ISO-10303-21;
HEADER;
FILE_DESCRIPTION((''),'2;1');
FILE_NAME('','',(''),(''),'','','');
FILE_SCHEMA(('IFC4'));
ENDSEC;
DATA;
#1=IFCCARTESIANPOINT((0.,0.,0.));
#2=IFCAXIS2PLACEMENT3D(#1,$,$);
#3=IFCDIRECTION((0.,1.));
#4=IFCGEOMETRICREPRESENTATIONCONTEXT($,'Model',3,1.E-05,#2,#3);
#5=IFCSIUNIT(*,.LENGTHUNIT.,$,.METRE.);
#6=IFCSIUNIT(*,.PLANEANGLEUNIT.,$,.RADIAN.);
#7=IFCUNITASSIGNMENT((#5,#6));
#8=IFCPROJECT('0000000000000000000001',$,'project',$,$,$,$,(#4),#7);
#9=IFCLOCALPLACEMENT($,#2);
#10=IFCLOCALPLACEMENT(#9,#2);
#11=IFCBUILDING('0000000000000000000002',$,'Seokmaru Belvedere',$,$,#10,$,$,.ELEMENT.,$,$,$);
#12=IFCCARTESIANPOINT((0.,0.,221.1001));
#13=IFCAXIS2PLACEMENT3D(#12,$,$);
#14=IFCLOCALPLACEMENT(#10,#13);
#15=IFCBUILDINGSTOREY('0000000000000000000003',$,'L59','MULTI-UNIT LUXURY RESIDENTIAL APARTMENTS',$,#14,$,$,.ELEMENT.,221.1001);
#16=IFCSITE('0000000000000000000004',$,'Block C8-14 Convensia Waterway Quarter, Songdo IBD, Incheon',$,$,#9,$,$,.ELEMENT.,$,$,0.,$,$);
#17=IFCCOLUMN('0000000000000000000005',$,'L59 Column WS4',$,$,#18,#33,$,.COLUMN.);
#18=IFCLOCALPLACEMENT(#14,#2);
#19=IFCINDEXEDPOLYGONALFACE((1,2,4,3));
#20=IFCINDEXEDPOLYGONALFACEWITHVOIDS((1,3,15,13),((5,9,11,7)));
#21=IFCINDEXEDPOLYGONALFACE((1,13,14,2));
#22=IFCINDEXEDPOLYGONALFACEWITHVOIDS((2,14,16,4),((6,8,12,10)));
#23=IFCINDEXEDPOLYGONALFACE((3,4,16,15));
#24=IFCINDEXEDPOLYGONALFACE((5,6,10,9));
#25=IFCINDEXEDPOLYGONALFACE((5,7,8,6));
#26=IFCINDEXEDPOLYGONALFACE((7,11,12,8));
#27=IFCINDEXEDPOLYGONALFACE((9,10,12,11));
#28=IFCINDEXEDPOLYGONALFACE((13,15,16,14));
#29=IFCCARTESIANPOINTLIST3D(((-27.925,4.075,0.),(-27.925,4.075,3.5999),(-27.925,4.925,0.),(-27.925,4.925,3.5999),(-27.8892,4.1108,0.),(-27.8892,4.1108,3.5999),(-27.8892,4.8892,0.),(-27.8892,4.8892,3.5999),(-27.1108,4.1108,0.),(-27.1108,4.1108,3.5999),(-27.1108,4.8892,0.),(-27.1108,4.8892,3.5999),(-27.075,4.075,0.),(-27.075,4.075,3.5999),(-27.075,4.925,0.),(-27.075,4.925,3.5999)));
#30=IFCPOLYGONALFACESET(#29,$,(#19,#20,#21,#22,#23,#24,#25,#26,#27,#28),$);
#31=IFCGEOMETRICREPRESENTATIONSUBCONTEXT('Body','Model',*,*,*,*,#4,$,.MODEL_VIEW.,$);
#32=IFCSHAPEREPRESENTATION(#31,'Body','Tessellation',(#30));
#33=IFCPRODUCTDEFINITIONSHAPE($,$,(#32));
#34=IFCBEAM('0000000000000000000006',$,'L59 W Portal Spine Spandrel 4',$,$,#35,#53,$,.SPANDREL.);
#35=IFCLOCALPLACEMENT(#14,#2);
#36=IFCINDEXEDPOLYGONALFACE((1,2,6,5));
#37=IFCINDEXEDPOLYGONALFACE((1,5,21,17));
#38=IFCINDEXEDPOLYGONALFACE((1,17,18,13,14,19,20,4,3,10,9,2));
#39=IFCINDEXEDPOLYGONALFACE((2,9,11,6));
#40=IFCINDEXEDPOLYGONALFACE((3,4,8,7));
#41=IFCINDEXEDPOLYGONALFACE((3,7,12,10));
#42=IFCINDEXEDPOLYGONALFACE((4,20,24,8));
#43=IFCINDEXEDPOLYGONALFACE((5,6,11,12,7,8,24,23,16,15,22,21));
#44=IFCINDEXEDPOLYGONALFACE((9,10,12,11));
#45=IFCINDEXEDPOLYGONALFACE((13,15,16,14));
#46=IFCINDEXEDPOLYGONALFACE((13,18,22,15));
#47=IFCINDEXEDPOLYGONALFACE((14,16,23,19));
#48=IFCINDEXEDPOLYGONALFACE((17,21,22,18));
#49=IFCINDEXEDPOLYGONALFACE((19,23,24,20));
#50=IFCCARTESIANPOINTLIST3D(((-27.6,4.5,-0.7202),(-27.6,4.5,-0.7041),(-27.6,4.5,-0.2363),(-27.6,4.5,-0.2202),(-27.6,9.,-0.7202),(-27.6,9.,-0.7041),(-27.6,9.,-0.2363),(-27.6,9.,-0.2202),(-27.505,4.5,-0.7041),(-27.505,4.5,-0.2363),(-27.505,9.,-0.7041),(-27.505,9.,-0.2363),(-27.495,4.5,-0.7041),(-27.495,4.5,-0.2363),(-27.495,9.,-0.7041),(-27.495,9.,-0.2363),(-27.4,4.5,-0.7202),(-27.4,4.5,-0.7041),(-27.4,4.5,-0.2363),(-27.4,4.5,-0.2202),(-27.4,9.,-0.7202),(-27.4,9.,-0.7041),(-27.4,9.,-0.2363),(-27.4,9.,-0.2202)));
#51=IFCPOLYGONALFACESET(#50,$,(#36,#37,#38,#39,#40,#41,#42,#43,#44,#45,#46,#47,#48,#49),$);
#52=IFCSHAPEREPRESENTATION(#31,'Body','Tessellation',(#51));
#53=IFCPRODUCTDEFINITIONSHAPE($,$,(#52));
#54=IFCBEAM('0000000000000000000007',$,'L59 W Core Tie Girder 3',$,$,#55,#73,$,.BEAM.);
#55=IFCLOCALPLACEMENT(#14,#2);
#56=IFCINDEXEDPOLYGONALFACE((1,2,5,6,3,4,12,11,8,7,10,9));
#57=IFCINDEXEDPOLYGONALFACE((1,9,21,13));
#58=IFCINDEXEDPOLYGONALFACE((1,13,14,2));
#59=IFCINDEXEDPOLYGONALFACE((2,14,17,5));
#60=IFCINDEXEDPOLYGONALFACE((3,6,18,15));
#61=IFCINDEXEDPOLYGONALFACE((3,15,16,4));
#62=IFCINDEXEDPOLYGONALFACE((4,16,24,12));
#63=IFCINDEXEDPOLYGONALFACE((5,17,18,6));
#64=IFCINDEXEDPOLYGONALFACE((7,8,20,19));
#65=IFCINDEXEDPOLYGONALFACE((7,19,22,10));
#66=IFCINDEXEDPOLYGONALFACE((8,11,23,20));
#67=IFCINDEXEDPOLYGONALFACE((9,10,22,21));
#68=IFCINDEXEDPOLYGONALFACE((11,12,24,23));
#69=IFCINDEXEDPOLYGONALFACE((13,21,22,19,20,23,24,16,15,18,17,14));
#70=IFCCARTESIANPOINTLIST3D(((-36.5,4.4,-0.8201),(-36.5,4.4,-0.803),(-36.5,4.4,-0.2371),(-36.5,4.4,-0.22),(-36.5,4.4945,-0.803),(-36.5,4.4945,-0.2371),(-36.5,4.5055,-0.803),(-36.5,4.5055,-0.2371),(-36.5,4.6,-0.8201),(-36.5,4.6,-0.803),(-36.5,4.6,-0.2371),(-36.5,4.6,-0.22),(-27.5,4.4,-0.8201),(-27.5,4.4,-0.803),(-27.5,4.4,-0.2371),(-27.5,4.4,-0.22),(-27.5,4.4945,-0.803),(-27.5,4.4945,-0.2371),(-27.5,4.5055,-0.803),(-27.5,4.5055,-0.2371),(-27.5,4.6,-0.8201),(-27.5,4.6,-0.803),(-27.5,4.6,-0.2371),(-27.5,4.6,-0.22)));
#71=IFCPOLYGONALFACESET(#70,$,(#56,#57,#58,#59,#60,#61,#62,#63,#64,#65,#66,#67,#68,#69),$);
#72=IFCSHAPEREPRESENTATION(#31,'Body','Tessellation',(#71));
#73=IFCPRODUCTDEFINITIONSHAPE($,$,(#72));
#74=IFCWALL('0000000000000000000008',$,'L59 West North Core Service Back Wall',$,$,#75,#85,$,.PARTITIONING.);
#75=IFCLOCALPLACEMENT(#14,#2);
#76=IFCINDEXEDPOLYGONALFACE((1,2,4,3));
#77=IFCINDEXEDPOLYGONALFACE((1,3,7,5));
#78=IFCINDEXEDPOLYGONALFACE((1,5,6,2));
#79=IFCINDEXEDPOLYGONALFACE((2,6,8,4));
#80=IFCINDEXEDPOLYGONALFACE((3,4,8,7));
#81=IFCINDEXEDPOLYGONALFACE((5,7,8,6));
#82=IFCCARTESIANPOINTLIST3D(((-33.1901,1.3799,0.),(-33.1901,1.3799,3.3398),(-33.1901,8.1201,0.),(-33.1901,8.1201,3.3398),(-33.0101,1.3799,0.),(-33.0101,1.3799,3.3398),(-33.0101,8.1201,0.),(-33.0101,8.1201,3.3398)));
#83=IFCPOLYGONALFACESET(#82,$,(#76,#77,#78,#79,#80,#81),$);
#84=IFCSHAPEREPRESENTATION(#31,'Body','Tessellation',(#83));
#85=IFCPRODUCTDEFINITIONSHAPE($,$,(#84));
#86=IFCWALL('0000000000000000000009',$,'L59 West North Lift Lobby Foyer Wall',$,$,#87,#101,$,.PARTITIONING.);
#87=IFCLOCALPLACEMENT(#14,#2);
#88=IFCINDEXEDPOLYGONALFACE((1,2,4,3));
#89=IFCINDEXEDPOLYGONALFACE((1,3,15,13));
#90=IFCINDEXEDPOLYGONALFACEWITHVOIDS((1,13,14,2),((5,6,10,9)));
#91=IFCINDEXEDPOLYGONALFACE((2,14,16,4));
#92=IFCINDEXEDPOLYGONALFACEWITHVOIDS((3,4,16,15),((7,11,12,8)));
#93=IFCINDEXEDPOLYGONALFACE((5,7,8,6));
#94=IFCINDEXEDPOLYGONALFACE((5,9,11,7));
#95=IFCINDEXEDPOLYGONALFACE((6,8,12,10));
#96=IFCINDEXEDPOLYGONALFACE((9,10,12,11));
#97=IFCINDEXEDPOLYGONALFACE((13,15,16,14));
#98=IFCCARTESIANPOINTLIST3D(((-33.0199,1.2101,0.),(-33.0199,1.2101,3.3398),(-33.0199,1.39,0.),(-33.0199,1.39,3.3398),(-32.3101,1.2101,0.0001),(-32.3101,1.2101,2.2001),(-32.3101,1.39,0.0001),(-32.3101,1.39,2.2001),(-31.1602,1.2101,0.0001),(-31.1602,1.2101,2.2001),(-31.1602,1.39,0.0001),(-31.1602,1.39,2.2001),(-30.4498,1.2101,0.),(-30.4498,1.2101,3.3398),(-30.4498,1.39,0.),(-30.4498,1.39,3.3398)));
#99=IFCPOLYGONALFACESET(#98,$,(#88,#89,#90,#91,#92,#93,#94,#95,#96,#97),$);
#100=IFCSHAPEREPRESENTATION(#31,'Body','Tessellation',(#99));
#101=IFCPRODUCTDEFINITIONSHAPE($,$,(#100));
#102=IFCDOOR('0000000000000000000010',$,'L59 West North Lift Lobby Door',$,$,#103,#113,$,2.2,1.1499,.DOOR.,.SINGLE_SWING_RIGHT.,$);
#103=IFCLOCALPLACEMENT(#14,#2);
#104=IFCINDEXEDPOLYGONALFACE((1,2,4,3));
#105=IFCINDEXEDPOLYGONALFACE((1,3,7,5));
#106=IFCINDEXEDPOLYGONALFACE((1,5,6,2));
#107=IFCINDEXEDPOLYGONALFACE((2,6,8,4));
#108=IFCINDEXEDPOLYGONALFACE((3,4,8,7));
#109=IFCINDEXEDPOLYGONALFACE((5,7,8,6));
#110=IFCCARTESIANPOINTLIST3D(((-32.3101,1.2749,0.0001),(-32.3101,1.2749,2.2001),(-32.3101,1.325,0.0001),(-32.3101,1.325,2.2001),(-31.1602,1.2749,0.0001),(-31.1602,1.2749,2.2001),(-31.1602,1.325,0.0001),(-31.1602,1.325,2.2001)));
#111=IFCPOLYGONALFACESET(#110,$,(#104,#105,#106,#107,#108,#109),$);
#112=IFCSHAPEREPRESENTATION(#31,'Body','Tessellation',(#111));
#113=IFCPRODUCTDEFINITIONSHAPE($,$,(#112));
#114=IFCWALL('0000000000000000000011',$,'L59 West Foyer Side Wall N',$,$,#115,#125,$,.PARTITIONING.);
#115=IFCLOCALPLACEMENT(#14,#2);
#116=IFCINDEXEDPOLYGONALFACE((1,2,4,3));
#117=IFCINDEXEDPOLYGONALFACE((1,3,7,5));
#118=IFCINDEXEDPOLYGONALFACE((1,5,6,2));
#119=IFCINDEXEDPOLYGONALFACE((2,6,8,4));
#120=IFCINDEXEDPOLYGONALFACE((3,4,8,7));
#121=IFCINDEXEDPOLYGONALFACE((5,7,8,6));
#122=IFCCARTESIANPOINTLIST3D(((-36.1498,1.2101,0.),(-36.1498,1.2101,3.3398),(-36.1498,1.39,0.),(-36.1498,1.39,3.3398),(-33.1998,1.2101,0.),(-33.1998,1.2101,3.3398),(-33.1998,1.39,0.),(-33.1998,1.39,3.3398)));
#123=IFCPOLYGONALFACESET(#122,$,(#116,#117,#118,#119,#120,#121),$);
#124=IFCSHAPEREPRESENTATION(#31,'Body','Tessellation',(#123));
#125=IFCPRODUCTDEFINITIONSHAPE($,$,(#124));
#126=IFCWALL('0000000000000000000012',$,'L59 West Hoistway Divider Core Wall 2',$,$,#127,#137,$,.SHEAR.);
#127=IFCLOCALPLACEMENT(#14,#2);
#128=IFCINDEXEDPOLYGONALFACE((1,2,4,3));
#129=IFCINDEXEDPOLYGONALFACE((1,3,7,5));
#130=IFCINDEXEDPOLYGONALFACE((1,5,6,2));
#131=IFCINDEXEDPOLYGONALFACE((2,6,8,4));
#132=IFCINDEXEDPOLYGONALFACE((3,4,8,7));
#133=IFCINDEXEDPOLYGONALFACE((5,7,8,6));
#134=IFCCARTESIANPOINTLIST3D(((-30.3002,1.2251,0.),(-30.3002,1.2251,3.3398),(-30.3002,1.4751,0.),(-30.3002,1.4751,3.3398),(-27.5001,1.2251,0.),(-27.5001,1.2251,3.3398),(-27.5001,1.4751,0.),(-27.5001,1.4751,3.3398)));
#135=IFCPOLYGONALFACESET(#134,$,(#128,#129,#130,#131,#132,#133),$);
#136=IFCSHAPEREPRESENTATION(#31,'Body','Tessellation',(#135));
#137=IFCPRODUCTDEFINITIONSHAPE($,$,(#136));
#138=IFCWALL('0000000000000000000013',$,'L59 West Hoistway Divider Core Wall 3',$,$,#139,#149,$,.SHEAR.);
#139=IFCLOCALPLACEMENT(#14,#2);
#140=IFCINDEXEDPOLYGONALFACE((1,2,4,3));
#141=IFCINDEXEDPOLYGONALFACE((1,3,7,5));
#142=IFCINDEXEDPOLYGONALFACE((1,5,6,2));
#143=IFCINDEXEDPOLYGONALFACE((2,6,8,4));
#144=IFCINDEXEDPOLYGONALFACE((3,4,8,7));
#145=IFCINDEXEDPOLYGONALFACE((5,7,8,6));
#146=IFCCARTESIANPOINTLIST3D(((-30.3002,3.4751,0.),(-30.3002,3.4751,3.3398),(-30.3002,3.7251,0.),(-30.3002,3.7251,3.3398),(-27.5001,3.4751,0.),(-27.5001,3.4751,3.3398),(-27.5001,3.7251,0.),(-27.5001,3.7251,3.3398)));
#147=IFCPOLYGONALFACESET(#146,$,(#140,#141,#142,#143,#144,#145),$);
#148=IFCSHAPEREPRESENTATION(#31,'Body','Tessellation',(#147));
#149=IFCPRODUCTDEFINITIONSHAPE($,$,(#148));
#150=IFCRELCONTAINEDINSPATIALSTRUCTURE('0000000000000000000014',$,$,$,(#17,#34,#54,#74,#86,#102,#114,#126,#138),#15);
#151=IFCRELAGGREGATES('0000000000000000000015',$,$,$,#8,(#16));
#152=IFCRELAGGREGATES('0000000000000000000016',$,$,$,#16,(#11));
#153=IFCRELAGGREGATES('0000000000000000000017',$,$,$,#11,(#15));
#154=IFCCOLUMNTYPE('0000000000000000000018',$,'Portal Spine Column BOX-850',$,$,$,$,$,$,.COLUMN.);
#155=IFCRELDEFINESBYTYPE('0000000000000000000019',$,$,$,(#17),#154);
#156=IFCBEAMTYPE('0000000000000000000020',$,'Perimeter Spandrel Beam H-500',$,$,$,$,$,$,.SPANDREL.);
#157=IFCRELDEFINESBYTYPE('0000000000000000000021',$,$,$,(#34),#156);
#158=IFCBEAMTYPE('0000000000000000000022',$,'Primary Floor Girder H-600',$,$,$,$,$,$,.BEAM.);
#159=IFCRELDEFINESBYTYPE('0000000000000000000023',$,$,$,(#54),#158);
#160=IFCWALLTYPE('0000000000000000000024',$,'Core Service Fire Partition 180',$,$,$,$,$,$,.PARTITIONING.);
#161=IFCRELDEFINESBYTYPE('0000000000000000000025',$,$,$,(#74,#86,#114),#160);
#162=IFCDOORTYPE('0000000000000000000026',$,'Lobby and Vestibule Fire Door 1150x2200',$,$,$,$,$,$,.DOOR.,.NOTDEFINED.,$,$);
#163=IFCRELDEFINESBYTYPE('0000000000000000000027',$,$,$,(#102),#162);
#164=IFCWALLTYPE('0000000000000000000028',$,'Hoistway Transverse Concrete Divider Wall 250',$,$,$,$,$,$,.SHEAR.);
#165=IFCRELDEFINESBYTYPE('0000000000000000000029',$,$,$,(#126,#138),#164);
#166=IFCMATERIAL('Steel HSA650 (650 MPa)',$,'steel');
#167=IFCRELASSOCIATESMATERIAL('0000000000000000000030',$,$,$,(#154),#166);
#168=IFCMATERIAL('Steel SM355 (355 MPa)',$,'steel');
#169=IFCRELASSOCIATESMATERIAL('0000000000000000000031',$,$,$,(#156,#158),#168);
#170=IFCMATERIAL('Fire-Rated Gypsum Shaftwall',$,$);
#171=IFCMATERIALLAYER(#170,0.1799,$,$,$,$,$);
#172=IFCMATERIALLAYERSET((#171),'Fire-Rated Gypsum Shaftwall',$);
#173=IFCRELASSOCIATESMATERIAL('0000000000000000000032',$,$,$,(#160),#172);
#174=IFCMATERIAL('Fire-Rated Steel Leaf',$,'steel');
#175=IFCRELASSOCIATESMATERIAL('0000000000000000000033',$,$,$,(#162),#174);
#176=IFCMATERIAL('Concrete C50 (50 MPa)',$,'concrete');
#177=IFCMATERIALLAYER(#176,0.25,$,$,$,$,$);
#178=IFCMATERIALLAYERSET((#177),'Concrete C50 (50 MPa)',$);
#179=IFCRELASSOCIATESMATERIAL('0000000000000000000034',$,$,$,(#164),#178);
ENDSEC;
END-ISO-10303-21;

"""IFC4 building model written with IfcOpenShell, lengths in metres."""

from ifc_helpers import new_model, si_unit, direction, frame, frame_2d, origin, origin_2d, place, context, subcontext, project, spatial, rectangle, hollow_rectangle, i_section, extrude, source, transform, mapped, material, layer, layer_set, material_profile, profile_set, type_object, type_shapes, element, fill, save


model = new_model("IFC4")

# Units and contexts
model_context = context("Model", 3, precision=1e-05, world=origin(), true_north=direction((0.0, 1.0)))
body_context = subcontext(model_context, "Body", "Model", "MODEL_VIEW")
ifc_project = project(units=[si_unit("LENGTHUNIT", "METRE"), si_unit("PLANEANGLEUNIT", "RADIAN")], contexts=[model_context])

# Site, building, storey
site_placement = place(None, origin())
site = spatial("IfcSite", under=ifc_project, at=site_placement, Name="Block C8-14 Convensia Waterway Quarter, Songdo IBD, Incheon", CompositionType="ELEMENT", RefElevation=0.0)
building_placement = place(site_placement, origin())
building = spatial("IfcBuilding", under=site, at=building_placement, Name="Seokmaru Belvedere", CompositionType="ELEMENT")
storey_placement = place(building_placement, frame((0.0, 0.0, 221.1001)))
storey = spatial("IfcBuildingStorey", under=building, at=storey_placement, Name="L59", Description="MULTI-UNIT LUXURY RESIDENTIAL APARTMENTS", CompositionType="ELEMENT", Elevation=221.1001)

# Column
ifc_material_1 = material(Name="Steel HSA650 (650 MPa)", Category="steel")
ifc_material_profile_1 = material_profile(ifc_material_1, hollow_rectangle(XDim=0.8501, YDim=0.8501, WallThickness=0.0359, at=origin_2d()), Name="BOX-850x850x36")
ifc_profile_set_1 = profile_set([ifc_material_profile_1], Name="Steel HSA650 (650 MPa)")
column_type = type_object("IfcColumnType", Name="Portal Spine Column BOX-850", PredefinedType="COLUMN", material=ifc_profile_set_1)
shared_shape_1 = source(origin(), body_context, "Body", "SweptSolid", [
    extrude(hollow_rectangle(XDim=0.8501, YDim=0.8501, WallThickness=0.0359, at=origin_2d()), origin(), (0.0, 0.0, 1.0), 3.5999),
])
type_shapes(column_type, [shared_shape_1])
column_placement = place(storey_placement, frame((-27.5, 4.5, 0.0), z_axis=(0.0, 0.0, 1.0), x_axis=(1.0, 0.0, 0.0)))
element("IfcColumn", 1, at=column_placement, inside=storey, type_object=column_type, Name="L59 Column WS4", PredefinedType="COLUMN", context=body_context, shape_type="MappedRepresentation", body=[
    mapped(shared_shape_1, transform((0.0, 0.0, 0.0), scale=1.0)),
])

# Beams
ifc_material_2 = material(Name="Steel SM355 (355 MPa)", Category="steel")
ifc_material_profile_2 = material_profile(ifc_material_2, i_section(OverallWidth=0.2, OverallDepth=0.5, WebThickness=0.01, FlangeThickness=0.0161, at=origin_2d()), Name="H-500x200x10x16")
ifc_profile_set_2 = profile_set([ifc_material_profile_2], Name="Steel SM355 (355 MPa)")
beam_type_1 = type_object("IfcBeamType", Name="Perimeter Spandrel Beam H-500", PredefinedType="SPANDREL", material=ifc_profile_set_2)
shared_shape_2 = source(origin(), body_context, "Body", "SweptSolid", [
    extrude(i_section(OverallWidth=0.2, OverallDepth=0.5, WebThickness=0.01, FlangeThickness=0.0161, at=origin_2d()), origin(), (0.0, 0.0, 1.0), 4.5),
])
type_shapes(beam_type_1, [shared_shape_2])
beam_1_placement = place(storey_placement, frame((-27.5, 4.5, -0.4702), z_axis=(0.0, 1.0, 0.0), x_axis=(-1.0, 0.0, 0.0)))
element("IfcBeam", 2, at=beam_1_placement, inside=storey, type_object=beam_type_1, Name="L59 W Portal Spine Spandrel 4", PredefinedType="SPANDREL", context=body_context, shape_type="MappedRepresentation", body=[
    mapped(shared_shape_2, transform((0.0, 0.0, 0.0), scale=1.0)),
])
ifc_material_profile_3 = material_profile(ifc_material_2, i_section(OverallWidth=0.2, OverallDepth=0.6001, WebThickness=0.011, FlangeThickness=0.0171, at=origin_2d()), Name="H-600x200x11x17")
ifc_profile_set_3 = profile_set([ifc_material_profile_3], Name="Steel SM355 (355 MPa)")
beam_type_2 = type_object("IfcBeamType", Name="Primary Floor Girder H-600", PredefinedType="BEAM", material=ifc_profile_set_3)
shared_shape_3 = source(origin(), body_context, "Body", "SweptSolid", [
    extrude(i_section(OverallWidth=0.2, OverallDepth=0.6001, WebThickness=0.011, FlangeThickness=0.0171, at=origin_2d()), origin(), (0.0, 0.0, 1.0), 9.0),
])
type_shapes(beam_type_2, [shared_shape_3])
beam_2_placement = place(storey_placement, frame((-36.5, 4.5, -0.52), z_axis=(1.0, 0.0, 0.0), x_axis=(0.0, 1.0, 0.0)))
element("IfcBeam", 3, at=beam_2_placement, inside=storey, type_object=beam_type_2, Name="L59 W Core Tie Girder 3", PredefinedType="BEAM", context=body_context, shape_type="MappedRepresentation", body=[
    mapped(shared_shape_3, transform((0.0, 0.0, 0.0), scale=1.0)),
])

# Wall
ifc_material_3 = material(Name="Fire-Rated Gypsum Shaftwall")
ifc_layer_1 = layer(ifc_material_3, 0.1799)
ifc_layer_set_1 = layer_set([ifc_layer_1], Name="Fire-Rated Gypsum Shaftwall")
wall_type_1 = type_object("IfcWallType", Name="Core Service Fire Partition 180", PredefinedType="PARTITIONING", material=ifc_layer_set_1)
wall_1_placement = place(storey_placement, frame((-33.1001, 1.3799, 0.0), z_axis=(0.0, 0.0, 1.0), x_axis=(0.0, 1.0, 0.0)))
element("IfcWall", 4, at=wall_1_placement, inside=storey, type_object=wall_type_1, Name="L59 West North Core Service Back Wall", PredefinedType="PARTITIONING", context=body_context, shape_type="SweptSolid", body=[
    extrude(rectangle(XDim=6.7402, YDim=0.1799, at=frame_2d((3.3701, 0.0))), origin(), (0.0, 0.0, 1.0), 3.3398),
])

# Wall, opening, door
wall_2_placement = place(storey_placement, frame((-33.02, 1.3, 0.0), z_axis=(0.0, 0.0, 1.0), x_axis=(1.0, 0.0, 0.0)))
wall_2 = element("IfcWall", 5, at=wall_2_placement, inside=storey, type_object=wall_type_1, Name="L59 West North Lift Lobby Foyer Wall", PredefinedType="PARTITIONING", context=body_context, shape_type="SweptSolid", body=[
    extrude(rectangle(XDim=2.5701, YDim=0.1799, at=frame_2d((1.2852, 0.0))), origin(), (0.0, 0.0, 1.0), 3.3398),
])
opening_1_placement = place(wall_2_placement, frame((0.71, 0.0, 0.0)))
opening_1 = element("IfcOpeningElement", 6, at=opening_1_placement, cuts=wall_2, PredefinedType="OPENING", context=body_context, shape_type="SweptSolid", body=[
    extrude(rectangle(XDim=1.1499, YDim=2.2, at=frame_2d((0.575, 1.1001))), frame((0.0, 0.1001, 0.0), z_axis=(0.0, -1.0, 0.0), x_axis=(1.0, 0.0, 0.0)), (0.0, 0.0, 1.0), 0.2),
])
ifc_material_4 = material(Name="Fire-Rated Steel Leaf", Category="steel")
door_type_1 = type_object("IfcDoorType", Name="Lobby and Vestibule Fire Door 1150x2200", OperationType="NOTDEFINED", PredefinedType="DOOR", material=ifc_material_4)
shared_shape_4 = source(origin(), body_context, "Body", "SweptSolid", [
    extrude(rectangle(XDim=1.1499, YDim=2.2, at=frame_2d((0.575, 1.1001))), frame((0.0, 0.0249, 0.0), z_axis=(0.0, -1.0, 0.0), x_axis=(1.0, 0.0, 0.0)), (0.0, 0.0, 1.0), 0.05),
])
type_shapes(door_type_1, [shared_shape_4])
door_1_placement = place(opening_1_placement, origin())
door_1 = element("IfcDoor", 7, at=door_1_placement, inside=storey, type_object=door_type_1, Name="L59 West North Lift Lobby Door", OperationType="SINGLE_SWING_RIGHT", OverallHeight=2.2, OverallWidth=1.1499, PredefinedType="DOOR", context=body_context, shape_type="MappedRepresentation", body=[
    mapped(shared_shape_4, transform((0.0, 0.0, 0.0), scale=1.0)),
])
fill(opening_1, door_1)

# Walls
wall_3_placement = place(storey_placement, frame((-36.1499, 1.3, 0.0), z_axis=(0.0, 0.0, 1.0), x_axis=(1.0, 0.0, 0.0)))
element("IfcWall", 8, at=wall_3_placement, inside=storey, type_object=wall_type_1, Name="L59 West Foyer Side Wall N", PredefinedType="PARTITIONING", context=body_context, shape_type="SweptSolid", body=[
    extrude(rectangle(XDim=2.95, YDim=0.1799, at=frame_2d((1.4751, 0.0))), origin(), (0.0, 0.0, 1.0), 3.3398),
])
ifc_material_5 = material(Name="Concrete C50 (50 MPa)", Category="concrete")
ifc_layer_2 = layer(ifc_material_5, 0.25)
ifc_layer_set_2 = layer_set([ifc_layer_2], Name="Concrete C50 (50 MPa)")
wall_type_2 = type_object("IfcWallType", Name="Hoistway Transverse Concrete Divider Wall 250", PredefinedType="SHEAR", material=ifc_layer_set_2)
for number, where, z_axis, x_axis, name in (
    (9, (-30.3, 1.3501, 0.0), (0.0, 0.0, 1.0), (1.0, 0.0, 0.0), "L59 West Hoistway Divider Core Wall 2"),
    (10, (-30.3, 3.6001, 0.0), (0.0, 0.0, 1.0), (1.0, 0.0, 0.0), "L59 West Hoistway Divider Core Wall 3"),
):
    element("IfcWall", number, at=place(storey_placement, frame(where, z_axis=z_axis, x_axis=x_axis)), inside=storey, type_object=wall_type_2, Name=name, PredefinedType="SHEAR", context=body_context, shape_type="SweptSolid", body=[
        extrude(rectangle(XDim=2.8, YDim=0.25, at=frame_2d((1.3999, 0.0))), origin(), (0.0, 0.0, 1.0), 3.3398),
    ])

save(model, "model.ifc")
